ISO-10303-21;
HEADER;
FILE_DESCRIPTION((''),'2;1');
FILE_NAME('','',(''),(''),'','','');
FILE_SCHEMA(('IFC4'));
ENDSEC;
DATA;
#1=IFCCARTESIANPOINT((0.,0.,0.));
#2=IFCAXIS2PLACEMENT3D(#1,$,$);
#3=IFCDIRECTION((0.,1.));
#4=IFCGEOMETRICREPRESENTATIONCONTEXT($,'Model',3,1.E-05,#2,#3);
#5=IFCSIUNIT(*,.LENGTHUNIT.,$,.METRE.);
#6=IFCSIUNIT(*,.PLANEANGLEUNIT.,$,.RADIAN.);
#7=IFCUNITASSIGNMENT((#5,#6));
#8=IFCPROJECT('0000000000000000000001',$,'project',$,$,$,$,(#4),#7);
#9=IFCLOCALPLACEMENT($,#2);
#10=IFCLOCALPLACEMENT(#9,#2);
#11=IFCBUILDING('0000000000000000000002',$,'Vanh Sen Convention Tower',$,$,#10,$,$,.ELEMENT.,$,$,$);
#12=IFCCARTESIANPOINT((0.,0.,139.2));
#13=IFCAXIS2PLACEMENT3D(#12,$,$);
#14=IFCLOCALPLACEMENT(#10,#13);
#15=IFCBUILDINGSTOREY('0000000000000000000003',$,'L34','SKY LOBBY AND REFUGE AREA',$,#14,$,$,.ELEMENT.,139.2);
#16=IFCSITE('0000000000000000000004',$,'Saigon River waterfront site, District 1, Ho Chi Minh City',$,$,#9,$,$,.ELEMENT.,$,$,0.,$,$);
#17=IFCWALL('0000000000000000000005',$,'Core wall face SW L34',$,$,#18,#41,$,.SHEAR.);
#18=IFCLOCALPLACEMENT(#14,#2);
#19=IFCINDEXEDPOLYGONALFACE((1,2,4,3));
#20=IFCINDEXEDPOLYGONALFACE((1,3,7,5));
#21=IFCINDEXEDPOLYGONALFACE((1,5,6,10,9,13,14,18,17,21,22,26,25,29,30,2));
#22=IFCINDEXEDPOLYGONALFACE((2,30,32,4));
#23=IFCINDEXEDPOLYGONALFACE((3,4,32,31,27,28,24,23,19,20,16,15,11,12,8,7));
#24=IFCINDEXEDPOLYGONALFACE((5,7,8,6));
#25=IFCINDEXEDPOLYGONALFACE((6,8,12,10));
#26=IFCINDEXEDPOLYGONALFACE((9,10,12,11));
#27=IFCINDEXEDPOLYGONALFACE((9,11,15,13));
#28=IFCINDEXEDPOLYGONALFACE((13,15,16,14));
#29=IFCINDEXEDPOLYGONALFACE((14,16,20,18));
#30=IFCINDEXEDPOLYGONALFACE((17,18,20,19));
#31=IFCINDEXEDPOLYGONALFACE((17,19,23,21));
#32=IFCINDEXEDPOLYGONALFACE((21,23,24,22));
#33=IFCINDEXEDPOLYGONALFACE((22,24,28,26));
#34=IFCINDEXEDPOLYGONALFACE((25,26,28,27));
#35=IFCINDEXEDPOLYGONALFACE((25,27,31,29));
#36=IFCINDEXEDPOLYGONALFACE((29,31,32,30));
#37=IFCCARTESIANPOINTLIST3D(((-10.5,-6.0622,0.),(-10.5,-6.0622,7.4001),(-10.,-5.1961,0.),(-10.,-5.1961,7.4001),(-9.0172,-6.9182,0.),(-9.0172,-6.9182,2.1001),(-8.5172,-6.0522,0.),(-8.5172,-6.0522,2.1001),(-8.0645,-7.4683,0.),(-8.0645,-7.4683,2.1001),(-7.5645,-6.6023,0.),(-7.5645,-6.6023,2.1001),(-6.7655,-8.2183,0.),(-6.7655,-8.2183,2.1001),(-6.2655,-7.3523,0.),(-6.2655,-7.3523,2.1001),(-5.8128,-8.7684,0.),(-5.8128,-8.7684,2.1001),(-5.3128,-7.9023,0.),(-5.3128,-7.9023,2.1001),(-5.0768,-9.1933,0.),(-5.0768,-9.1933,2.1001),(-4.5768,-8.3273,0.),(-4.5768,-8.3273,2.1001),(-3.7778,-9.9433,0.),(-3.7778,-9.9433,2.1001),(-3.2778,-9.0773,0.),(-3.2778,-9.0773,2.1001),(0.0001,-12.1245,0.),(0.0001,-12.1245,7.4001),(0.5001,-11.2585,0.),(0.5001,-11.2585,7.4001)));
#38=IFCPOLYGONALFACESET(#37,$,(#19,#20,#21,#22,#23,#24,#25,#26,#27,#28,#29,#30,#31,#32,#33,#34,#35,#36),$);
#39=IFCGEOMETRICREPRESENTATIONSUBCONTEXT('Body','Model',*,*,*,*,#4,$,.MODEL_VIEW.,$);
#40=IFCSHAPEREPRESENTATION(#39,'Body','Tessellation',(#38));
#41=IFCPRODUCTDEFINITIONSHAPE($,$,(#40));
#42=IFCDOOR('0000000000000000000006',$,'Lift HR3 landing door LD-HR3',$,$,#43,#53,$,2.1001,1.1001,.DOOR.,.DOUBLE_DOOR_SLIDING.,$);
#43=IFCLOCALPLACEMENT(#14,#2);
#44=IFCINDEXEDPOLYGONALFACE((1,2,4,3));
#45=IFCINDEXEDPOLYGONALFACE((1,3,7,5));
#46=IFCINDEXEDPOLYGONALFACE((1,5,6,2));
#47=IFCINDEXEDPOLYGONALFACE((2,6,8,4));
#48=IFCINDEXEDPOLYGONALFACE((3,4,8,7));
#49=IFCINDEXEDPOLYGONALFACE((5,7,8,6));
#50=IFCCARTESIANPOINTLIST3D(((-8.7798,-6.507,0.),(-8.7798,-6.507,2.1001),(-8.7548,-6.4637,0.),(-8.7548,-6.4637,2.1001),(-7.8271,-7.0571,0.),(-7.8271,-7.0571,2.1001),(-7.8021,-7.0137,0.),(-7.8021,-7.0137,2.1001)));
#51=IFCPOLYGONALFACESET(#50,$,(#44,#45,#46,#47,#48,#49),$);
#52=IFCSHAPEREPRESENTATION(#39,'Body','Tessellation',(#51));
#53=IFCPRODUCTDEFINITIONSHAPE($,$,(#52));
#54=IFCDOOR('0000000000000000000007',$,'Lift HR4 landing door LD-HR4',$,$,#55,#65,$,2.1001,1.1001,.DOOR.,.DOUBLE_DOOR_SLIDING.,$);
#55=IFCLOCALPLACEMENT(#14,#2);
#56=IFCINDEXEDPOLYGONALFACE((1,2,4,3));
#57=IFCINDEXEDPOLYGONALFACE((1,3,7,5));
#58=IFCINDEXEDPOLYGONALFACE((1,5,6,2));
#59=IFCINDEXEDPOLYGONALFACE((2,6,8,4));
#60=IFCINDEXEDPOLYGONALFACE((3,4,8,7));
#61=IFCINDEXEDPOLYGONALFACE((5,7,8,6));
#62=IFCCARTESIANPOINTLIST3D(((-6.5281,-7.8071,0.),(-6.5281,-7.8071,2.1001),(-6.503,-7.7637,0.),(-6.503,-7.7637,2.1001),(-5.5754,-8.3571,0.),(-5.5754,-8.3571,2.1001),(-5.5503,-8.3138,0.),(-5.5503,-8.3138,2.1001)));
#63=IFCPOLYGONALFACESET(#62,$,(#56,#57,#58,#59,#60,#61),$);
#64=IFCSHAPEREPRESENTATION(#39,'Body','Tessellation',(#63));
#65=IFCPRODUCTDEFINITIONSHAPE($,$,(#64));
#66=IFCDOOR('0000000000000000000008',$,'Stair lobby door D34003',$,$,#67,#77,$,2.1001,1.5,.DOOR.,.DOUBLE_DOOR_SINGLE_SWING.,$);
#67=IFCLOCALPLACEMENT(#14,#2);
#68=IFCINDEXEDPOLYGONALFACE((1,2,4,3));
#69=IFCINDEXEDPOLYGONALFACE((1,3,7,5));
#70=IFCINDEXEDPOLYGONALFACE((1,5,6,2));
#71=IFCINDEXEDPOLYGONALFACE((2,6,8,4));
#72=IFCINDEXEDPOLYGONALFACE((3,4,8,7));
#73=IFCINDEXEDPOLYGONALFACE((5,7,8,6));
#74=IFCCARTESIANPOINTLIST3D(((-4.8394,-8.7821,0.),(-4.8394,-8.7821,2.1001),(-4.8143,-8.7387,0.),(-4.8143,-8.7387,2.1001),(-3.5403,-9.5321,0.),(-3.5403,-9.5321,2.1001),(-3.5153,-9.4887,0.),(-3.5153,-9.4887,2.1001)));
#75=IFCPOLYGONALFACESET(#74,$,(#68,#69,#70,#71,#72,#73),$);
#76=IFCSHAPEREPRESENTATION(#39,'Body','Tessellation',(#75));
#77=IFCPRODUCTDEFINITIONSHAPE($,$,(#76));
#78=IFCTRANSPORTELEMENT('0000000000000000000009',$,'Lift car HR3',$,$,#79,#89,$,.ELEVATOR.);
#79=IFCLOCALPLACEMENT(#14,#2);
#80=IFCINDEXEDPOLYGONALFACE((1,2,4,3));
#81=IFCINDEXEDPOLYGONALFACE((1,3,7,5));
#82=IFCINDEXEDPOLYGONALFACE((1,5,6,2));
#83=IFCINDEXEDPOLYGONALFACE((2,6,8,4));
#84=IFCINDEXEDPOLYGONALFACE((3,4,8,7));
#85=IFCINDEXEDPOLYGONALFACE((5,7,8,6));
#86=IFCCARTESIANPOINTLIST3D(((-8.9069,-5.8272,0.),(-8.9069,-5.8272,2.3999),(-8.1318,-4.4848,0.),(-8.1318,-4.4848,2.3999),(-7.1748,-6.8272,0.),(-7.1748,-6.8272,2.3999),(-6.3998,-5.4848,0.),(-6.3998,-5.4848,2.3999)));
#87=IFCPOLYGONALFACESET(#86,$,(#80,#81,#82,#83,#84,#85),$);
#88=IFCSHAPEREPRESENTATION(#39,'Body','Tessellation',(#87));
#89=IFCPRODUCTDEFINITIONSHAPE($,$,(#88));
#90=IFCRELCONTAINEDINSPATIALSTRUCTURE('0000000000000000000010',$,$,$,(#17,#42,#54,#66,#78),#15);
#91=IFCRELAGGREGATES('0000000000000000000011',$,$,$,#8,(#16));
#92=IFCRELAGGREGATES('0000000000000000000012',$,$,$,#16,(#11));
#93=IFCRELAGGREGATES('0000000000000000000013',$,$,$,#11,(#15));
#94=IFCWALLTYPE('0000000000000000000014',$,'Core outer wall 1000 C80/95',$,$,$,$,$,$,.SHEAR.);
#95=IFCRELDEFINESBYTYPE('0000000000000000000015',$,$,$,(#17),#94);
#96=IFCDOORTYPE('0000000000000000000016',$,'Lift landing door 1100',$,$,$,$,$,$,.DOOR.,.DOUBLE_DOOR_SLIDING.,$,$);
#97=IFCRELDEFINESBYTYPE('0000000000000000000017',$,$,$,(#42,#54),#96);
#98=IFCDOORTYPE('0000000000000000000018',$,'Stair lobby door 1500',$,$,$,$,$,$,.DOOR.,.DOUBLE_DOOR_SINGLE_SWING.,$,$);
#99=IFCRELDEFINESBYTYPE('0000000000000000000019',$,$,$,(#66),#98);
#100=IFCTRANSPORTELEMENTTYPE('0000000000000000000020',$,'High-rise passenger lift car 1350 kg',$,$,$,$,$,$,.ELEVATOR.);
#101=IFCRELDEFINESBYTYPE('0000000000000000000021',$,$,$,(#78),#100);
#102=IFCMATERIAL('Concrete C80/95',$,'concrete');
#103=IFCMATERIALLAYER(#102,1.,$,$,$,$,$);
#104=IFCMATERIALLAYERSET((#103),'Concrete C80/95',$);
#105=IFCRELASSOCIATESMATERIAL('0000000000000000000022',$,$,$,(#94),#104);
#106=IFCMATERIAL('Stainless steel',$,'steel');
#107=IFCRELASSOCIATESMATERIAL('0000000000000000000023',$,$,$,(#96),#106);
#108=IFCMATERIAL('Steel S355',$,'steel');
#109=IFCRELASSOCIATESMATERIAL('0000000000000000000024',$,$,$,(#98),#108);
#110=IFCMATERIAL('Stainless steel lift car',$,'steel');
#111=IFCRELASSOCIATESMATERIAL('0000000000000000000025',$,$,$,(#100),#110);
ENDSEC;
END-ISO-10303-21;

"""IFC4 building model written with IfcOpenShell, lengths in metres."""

from ifc_helpers import new_model, si_unit, direction, frame, frame_2d, origin, origin_2d, place, context, subcontext, project, spatial, rectangle, extrude, material, layer, layer_set, type_object, element, fill, save


model = new_model("IFC4")

# Units and contexts
model_context = context("Model", 3, precision=1e-05, world=origin(), true_north=direction((0.0, 1.0)))
body_context = subcontext(model_context, "Body", "Model", "MODEL_VIEW")
ifc_project = project(units=[si_unit("LENGTHUNIT", "METRE"), si_unit("PLANEANGLEUNIT", "RADIAN")], contexts=[model_context])

# Site, building, storey
site_placement = place(None, origin())
site = spatial("IfcSite", under=ifc_project, at=site_placement, Name="Saigon River waterfront site, District 1, Ho Chi Minh City", CompositionType="ELEMENT", RefElevation=0.0)
building_placement = place(site_placement, origin())
building = spatial("IfcBuilding", under=site, at=building_placement, Name="Vanh Sen Convention Tower", CompositionType="ELEMENT")
storey_placement = place(building_placement, frame((0.0, 0.0, 139.2)))
storey = spatial("IfcBuildingStorey", under=building, at=storey_placement, Name="L34", Description="SKY LOBBY AND REFUGE AREA", CompositionType="ELEMENT", Elevation=139.2)

# Wall, openings, doors
ifc_material_1 = material(Name="Concrete C80/95", Category="concrete")
ifc_layer_1 = layer(ifc_material_1, 1.0)
ifc_layer_set_1 = layer_set([ifc_layer_1], Name="Concrete C80/95")
wall_type_1 = type_object("IfcWallType", Name="Core outer wall 1000 C80/95", PredefinedType="SHEAR", material=ifc_layer_set_1)
wall_1_placement = place(storey_placement, frame((-10.25, -5.6292, 0.0), z_axis=(0.0, 0.0, 1.0), x_axis=(0.866023, -0.500005, 0.0)))
wall_1 = element("IfcWall", 1, at=wall_1_placement, inside=storey, type_object=wall_type_1, Name="Core wall face SW L34", PredefinedType="SHEAR", context=body_context, shape_type="SweptSolid", body=[
    extrude(rectangle(XDim=12.1245, YDim=1.0, at=frame_2d((6.0623, 0.0))), origin(), (0.0, 0.0, 1.0), 7.4001),
])
opening_1_placement = place(wall_1_placement, frame((6.2622, 0.0, 0.0)))
opening_1 = element("IfcOpeningElement", 2, at=opening_1_placement, cuts=wall_1, PredefinedType="OPENING", context=body_context, shape_type="SweptSolid", body=[
    extrude(rectangle(XDim=1.5, YDim=2.1001, at=frame_2d((0.75, 1.05))), frame((0.0, 0.51, 0.0), z_axis=(0.0, -1.0, 0.0), x_axis=(1.0, 0.0, 0.0)), (0.0, 0.0, 1.0), 1.02),
])
opening_2_placement = place(wall_1_placement, frame((1.7122, 0.0, 0.0)))
opening_2 = element("IfcOpeningElement", 3, at=opening_2_placement, cuts=wall_1, PredefinedType="OPENING", context=body_context, shape_type="SweptSolid", body=[
    extrude(rectangle(XDim=1.1001, YDim=2.1001, at=frame_2d((0.55, 1.05))), frame((0.0, 0.51, 0.0), z_axis=(0.0, -1.0, 0.0), x_axis=(1.0, 0.0, 0.0)), (0.0, 0.0, 1.0), 1.02),
])
opening_3_placement = place(wall_1_placement, frame((4.3123, 0.0, 0.0)))
opening_3 = element("IfcOpeningElement", 4, at=opening_3_placement, cuts=wall_1, PredefinedType="OPENING", context=body_context, shape_type="SweptSolid", body=[
    extrude(rectangle(XDim=1.1001, YDim=2.1001, at=frame_2d((0.55, 1.05))), frame((0.0, 0.51, 0.0), z_axis=(0.0, -1.0, 0.0), x_axis=(1.0, 0.0, 0.0)), (0.0, 0.0, 1.0), 1.02),
])
ifc_material_2 = material(Name="Stainless steel", Category="steel")
door_type_1 = type_object("IfcDoorType", Name="Lift landing door 1100", OperationType="DOUBLE_DOOR_SLIDING", PredefinedType="DOOR", material=ifc_material_2)
door_1_placement = place(opening_2_placement, origin())
door_1 = element("IfcDoor", 5, at=door_1_placement, inside=storey, type_object=door_type_1, Name="Lift HR3 landing door LD-HR3", OperationType="DOUBLE_DOOR_SLIDING", OverallHeight=2.1001, OverallWidth=1.1001, PredefinedType="DOOR", context=body_context, shape_type="SweptSolid", body=[
    extrude(rectangle(XDim=1.1001, YDim=2.1001, at=frame_2d((0.55, 1.05))), frame((0.0, 0.0249, 0.0), z_axis=(0.0, -1.0, 0.0), x_axis=(1.0, 0.0, 0.0)), (0.0, 0.0, 1.0), 0.05),
])
fill(opening_2, door_1)
door_2_placement = place(opening_3_placement, origin())
door_2 = element("IfcDoor", 6, at=door_2_placement, inside=storey, type_object=door_type_1, Name="Lift HR4 landing door LD-HR4", OperationType="DOUBLE_DOOR_SLIDING", OverallHeight=2.1001, OverallWidth=1.1001, PredefinedType="DOOR", context=body_context, shape_type="SweptSolid", body=[
    extrude(rectangle(XDim=1.1001, YDim=2.1001, at=frame_2d((0.55, 1.05))), frame((0.0, 0.0249, 0.0), z_axis=(0.0, -1.0, 0.0), x_axis=(1.0, 0.0, 0.0)), (0.0, 0.0, 1.0), 0.05),
])
fill(opening_3, door_2)
ifc_material_3 = material(Name="Steel S355", Category="steel")
door_type_2 = type_object("IfcDoorType", Name="Stair lobby door 1500", OperationType="DOUBLE_DOOR_SINGLE_SWING", PredefinedType="DOOR", material=ifc_material_3)
door_3_placement = place(opening_1_placement, origin())
door_3 = element("IfcDoor", 7, at=door_3_placement, inside=storey, type_object=door_type_2, Name="Stair lobby door D34003", OperationType="DOUBLE_DOOR_SINGLE_SWING", OverallHeight=2.1001, OverallWidth=1.5, PredefinedType="DOOR", context=body_context, shape_type="SweptSolid", body=[
    extrude(rectangle(XDim=1.5, YDim=2.1001, at=frame_2d((0.75, 1.05))), frame((0.0, 0.0249, 0.0), z_axis=(0.0, -1.0, 0.0), x_axis=(1.0, 0.0, 0.0)), (0.0, 0.0, 1.0), 0.05),
])
fill(opening_1, door_3)

# Transport element
ifc_material_4 = material(Name="Stainless steel lift car", Category="steel")
transport_element_type = type_object("IfcTransportElementType", Name="High-rise passenger lift car 1350 kg", PredefinedType="ELEVATOR", material=ifc_material_4)
transport_element_placement = place(storey_placement, frame((-7.6533, -5.656, 0.0), z_axis=(0.0, 0.0, 1.0), x_axis=(0.866025, -0.5, 0.0)))
element("IfcTransportElement", 8, at=transport_element_placement, inside=storey, type_object=transport_element_type, Name="Lift car HR3", PredefinedType="ELEVATOR", context=body_context, shape_type="SweptSolid", body=[
    extrude(rectangle(XDim=2.0, YDim=1.55, at=origin_2d()), origin(), (0.0, 0.0, 1.0), 2.3999),
])

save(model, "model.ifc")
